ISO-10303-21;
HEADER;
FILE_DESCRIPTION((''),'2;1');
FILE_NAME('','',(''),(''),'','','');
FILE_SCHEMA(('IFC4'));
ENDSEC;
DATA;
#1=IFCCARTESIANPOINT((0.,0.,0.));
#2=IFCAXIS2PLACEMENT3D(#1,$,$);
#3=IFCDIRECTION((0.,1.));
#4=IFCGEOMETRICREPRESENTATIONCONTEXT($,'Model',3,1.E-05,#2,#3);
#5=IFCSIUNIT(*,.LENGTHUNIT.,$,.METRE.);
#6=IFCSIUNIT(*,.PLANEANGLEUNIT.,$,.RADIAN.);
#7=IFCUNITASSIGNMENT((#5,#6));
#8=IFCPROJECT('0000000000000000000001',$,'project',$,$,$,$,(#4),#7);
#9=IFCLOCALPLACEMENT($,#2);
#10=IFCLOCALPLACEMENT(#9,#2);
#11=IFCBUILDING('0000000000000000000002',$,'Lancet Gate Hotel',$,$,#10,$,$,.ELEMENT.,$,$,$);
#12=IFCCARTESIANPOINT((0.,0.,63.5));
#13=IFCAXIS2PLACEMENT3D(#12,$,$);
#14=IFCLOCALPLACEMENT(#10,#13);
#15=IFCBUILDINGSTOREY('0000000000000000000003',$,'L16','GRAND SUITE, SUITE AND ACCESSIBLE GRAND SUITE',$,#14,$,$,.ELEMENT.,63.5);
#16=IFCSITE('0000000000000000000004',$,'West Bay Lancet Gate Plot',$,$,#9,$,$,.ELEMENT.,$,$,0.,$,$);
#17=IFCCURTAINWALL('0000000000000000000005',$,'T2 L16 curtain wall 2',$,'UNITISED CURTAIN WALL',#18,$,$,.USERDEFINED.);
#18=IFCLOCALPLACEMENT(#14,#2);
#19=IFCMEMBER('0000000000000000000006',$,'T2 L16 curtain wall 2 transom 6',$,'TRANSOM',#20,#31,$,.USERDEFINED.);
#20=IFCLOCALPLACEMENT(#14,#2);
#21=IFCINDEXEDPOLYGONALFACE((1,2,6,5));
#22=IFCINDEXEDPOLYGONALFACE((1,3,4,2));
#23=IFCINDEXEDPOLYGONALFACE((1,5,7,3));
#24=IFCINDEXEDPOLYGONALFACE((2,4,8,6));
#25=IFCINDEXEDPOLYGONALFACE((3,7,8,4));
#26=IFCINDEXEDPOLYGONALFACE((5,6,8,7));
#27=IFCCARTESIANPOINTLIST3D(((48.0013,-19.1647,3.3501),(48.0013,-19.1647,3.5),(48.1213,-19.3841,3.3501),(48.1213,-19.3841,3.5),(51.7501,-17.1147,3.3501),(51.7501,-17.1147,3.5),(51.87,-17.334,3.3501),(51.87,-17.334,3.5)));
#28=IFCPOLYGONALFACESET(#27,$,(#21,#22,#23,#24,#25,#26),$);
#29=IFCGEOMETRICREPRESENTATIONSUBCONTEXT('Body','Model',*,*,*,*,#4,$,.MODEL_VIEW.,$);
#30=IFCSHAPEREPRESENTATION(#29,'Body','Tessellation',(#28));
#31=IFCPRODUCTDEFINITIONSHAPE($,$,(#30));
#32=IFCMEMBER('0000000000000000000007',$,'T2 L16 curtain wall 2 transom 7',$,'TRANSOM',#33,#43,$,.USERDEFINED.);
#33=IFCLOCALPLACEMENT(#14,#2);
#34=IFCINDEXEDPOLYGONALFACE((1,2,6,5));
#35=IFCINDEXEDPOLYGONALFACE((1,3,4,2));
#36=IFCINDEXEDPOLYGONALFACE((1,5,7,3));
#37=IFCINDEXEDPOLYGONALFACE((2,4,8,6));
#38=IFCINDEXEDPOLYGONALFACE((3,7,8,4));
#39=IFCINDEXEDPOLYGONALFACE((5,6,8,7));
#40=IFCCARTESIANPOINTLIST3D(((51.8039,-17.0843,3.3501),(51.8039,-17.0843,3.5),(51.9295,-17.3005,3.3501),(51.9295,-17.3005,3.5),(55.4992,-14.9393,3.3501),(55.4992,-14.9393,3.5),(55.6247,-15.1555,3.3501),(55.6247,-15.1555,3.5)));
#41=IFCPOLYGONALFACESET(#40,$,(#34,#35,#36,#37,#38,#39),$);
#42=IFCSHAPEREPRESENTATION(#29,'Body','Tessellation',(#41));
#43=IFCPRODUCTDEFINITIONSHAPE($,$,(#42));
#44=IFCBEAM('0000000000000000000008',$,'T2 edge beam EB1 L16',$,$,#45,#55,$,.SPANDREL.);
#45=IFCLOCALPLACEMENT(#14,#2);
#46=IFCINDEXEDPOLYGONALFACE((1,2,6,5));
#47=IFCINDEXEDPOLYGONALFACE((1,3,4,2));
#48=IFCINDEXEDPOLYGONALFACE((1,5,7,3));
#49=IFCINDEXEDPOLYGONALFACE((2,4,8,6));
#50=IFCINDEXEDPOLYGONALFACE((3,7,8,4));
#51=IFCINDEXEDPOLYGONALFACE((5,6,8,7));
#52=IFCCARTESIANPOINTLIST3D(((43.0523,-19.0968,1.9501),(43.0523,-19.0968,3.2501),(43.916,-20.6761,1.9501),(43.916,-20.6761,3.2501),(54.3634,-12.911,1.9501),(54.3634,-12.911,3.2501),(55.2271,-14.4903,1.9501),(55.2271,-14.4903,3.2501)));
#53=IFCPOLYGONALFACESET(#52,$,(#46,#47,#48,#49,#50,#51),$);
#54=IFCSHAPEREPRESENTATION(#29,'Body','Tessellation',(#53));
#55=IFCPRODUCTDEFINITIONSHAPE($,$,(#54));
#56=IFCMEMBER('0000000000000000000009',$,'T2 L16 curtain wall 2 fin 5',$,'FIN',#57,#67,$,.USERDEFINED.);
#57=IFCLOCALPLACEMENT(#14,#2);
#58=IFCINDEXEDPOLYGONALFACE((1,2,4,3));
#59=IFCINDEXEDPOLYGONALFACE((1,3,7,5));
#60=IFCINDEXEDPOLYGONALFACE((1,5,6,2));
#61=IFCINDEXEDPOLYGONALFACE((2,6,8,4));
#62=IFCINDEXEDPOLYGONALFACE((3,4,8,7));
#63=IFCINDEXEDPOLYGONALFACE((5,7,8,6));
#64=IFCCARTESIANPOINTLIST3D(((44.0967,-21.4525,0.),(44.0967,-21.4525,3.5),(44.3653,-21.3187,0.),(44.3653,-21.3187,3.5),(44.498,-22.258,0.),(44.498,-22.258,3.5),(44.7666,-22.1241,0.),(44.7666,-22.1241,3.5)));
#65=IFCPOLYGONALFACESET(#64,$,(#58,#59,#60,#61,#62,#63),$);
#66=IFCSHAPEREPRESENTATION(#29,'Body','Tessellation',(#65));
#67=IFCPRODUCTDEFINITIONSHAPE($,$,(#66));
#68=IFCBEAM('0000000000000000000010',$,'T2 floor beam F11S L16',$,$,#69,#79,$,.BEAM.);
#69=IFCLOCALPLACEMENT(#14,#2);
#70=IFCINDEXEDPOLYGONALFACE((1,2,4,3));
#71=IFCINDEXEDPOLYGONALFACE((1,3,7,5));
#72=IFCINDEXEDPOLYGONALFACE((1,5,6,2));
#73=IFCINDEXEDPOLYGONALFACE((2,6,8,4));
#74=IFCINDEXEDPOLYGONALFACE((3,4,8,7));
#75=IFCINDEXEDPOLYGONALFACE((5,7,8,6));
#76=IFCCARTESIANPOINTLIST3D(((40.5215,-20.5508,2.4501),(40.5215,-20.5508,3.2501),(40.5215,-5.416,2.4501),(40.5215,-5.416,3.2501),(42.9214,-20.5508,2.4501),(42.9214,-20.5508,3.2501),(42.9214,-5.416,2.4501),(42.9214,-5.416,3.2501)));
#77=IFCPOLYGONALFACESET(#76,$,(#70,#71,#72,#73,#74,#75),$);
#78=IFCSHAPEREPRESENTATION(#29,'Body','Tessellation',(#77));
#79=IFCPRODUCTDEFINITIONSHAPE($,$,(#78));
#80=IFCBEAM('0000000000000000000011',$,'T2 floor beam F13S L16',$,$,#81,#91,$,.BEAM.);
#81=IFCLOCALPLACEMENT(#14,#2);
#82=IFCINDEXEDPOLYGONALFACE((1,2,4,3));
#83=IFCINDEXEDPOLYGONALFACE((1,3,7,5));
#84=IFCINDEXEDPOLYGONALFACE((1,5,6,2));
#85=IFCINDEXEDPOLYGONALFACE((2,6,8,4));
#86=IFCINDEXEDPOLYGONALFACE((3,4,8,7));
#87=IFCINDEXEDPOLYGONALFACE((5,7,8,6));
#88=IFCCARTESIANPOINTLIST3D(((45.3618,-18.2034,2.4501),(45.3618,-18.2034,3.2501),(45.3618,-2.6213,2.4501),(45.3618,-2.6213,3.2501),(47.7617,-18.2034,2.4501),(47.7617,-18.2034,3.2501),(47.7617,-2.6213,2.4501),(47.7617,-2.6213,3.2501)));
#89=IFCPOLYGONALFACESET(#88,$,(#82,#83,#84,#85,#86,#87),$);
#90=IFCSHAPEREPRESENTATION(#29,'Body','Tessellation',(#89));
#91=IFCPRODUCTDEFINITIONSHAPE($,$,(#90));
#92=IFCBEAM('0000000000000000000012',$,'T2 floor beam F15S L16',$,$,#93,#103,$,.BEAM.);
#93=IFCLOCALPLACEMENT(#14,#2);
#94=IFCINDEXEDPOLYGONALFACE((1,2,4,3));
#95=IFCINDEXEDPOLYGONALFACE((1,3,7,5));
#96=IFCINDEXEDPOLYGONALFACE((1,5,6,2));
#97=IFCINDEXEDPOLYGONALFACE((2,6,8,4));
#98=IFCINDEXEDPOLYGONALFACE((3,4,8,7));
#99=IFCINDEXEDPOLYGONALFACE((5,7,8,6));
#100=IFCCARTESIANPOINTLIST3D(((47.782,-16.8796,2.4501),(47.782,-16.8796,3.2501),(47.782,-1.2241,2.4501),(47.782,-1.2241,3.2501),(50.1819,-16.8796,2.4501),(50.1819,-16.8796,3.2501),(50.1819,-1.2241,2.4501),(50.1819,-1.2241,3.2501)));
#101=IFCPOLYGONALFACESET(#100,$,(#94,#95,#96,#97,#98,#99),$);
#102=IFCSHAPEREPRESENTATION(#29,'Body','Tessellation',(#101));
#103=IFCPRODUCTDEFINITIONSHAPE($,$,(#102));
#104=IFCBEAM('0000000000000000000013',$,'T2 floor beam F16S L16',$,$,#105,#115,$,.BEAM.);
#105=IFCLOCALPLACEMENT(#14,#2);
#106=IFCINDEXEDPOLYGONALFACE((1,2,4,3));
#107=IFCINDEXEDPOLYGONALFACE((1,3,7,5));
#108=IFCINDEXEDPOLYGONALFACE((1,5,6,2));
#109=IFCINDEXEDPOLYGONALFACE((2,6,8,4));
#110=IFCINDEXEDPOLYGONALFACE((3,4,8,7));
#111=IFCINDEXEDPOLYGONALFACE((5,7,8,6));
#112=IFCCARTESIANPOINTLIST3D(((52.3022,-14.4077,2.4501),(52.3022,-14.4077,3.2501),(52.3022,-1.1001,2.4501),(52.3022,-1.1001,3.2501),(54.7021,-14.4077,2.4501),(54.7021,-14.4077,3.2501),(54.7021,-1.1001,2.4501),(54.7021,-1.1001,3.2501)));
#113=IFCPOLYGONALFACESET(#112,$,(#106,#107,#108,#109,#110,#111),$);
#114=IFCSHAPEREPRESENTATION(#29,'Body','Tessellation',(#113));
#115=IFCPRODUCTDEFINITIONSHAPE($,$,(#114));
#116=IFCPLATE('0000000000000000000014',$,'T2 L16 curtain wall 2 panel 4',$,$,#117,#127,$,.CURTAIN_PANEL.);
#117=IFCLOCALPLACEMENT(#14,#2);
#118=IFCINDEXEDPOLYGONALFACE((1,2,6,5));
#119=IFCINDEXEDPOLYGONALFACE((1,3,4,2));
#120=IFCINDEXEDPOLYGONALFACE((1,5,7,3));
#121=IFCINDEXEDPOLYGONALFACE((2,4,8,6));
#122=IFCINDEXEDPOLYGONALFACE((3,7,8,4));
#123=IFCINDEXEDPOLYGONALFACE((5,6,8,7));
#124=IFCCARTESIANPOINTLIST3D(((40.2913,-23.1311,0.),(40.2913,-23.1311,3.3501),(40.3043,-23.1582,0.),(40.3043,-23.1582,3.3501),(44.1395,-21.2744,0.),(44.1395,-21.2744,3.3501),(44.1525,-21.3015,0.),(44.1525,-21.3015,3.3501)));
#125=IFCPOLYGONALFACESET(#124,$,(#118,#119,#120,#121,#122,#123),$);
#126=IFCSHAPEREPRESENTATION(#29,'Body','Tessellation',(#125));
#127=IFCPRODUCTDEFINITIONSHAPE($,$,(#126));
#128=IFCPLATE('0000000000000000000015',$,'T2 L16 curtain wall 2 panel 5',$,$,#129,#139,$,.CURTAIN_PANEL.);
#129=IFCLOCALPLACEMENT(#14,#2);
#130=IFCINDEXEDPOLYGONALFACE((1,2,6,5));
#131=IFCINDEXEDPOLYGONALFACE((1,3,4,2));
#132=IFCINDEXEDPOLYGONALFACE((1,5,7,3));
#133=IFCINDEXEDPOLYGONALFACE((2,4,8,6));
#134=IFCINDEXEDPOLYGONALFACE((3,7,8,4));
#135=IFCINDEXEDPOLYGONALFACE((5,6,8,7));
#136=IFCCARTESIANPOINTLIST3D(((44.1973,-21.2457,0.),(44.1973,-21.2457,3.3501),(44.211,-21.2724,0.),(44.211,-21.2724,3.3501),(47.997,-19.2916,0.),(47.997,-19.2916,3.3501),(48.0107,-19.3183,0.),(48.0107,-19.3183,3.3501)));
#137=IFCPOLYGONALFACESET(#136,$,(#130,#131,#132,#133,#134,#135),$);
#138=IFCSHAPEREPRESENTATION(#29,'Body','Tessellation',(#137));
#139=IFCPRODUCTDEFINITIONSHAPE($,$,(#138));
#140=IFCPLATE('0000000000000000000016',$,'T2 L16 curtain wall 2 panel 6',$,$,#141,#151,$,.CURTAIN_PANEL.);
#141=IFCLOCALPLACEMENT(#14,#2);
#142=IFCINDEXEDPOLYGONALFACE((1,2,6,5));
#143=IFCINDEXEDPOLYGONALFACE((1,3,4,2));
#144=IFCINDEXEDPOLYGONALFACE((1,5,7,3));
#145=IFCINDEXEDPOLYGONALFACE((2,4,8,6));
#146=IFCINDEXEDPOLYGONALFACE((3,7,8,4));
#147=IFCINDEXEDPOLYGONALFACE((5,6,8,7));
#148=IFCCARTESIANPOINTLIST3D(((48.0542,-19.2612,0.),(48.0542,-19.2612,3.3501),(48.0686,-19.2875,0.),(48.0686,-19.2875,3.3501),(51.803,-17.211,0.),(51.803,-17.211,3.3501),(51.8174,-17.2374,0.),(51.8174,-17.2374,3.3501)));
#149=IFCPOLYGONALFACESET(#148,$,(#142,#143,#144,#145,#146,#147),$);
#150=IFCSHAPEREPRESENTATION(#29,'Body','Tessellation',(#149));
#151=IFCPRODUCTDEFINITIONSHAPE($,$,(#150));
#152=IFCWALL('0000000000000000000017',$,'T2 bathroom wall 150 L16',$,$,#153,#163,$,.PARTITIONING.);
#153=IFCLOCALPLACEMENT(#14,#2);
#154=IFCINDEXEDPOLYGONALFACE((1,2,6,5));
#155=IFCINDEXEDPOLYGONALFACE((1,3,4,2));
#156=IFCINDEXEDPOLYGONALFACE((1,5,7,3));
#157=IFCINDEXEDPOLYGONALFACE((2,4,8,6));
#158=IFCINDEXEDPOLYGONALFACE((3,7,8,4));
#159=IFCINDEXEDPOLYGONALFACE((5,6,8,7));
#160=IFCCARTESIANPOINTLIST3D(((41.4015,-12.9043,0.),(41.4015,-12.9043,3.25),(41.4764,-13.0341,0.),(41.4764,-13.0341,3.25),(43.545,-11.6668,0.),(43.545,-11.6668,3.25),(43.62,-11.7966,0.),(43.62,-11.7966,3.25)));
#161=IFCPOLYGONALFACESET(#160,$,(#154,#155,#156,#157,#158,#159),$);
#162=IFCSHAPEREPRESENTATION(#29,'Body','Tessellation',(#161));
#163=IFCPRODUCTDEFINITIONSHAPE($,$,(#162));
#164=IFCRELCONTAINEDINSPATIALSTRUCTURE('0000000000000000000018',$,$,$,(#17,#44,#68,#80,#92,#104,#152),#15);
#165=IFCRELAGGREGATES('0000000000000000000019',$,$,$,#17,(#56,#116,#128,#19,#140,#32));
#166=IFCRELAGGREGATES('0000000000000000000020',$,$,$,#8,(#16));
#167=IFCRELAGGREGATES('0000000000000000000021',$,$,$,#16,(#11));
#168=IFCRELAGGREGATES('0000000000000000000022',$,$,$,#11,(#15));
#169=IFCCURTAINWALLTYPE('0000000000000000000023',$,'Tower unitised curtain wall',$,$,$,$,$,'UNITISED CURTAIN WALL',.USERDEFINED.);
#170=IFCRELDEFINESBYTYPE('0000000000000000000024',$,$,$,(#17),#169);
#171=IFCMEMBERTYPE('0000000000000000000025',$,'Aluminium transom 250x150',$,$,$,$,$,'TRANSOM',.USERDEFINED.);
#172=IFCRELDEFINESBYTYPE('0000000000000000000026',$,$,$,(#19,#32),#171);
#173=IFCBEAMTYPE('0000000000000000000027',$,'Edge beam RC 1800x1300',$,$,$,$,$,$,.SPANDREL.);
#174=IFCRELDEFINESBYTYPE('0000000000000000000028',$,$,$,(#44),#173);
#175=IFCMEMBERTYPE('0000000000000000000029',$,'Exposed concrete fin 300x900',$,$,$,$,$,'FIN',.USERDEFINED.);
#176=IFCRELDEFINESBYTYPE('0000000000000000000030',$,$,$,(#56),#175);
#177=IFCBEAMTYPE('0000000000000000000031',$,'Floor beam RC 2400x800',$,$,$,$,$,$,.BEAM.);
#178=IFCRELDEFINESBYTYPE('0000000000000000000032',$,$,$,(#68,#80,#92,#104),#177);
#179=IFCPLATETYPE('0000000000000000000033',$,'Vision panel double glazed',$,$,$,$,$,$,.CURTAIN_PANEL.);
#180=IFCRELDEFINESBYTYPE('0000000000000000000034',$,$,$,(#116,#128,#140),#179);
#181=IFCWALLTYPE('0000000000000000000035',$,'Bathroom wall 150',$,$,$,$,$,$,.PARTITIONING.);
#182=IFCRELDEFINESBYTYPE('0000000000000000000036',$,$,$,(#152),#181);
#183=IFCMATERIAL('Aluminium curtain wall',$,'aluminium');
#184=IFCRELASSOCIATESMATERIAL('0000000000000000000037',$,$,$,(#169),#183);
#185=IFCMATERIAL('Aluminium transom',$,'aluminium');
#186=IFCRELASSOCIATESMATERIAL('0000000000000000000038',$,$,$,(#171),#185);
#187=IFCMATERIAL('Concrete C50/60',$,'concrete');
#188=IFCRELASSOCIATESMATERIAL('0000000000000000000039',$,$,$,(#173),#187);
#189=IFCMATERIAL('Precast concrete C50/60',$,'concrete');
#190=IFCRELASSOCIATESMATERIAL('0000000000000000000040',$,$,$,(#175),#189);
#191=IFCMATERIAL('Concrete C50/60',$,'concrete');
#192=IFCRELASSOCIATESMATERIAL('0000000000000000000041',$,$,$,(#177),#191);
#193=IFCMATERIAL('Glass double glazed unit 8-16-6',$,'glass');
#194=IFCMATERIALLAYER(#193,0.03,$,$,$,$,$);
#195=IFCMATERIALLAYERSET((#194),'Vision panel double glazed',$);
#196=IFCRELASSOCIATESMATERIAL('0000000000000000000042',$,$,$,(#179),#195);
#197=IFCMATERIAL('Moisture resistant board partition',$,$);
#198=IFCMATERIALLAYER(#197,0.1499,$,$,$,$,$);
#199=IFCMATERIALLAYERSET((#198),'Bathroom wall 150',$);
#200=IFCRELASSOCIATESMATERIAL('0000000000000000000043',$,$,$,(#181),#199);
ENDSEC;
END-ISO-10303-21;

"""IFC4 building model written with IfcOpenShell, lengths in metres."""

from ifc_helpers import new_model, si_unit, direction, frame, frame_2d, origin, origin_2d, place, context, subcontext, project, spatial, rectangle, extrude, material, layer, layer_set, material_profile, profile_set, type_object, element, aggregate, save


model = new_model("IFC4")

# Units and contexts
model_context = context("Model", 3, precision=1e-05, world=origin(), true_north=direction((0.0, 1.0)))
body_context = subcontext(model_context, "Body", "Model", "MODEL_VIEW")
ifc_project = project(units=[si_unit("LENGTHUNIT", "METRE"), si_unit("PLANEANGLEUNIT", "RADIAN")], contexts=[model_context])

# Site, building, storey
site_placement = place(None, origin())
site = spatial("IfcSite", under=ifc_project, at=site_placement, Name="West Bay Lancet Gate Plot", CompositionType="ELEMENT", RefElevation=0.0)
building_placement = place(site_placement, origin())
building = spatial("IfcBuilding", under=site, at=building_placement, Name="Lancet Gate Hotel", CompositionType="ELEMENT")
storey_placement = place(building_placement, frame((0.0, 0.0, 63.5)))
storey = spatial("IfcBuildingStorey", under=building, at=storey_placement, Name="L16", Description="GRAND SUITE, SUITE AND ACCESSIBLE GRAND SUITE", CompositionType="ELEMENT", Elevation=63.5)

# Curtain wall, members
ifc_material_1 = material(Name="Aluminium curtain wall", Category="aluminium")
curtain_wall_type = type_object("IfcCurtainWallType", Name="Tower unitised curtain wall", ElementType="UNITISED CURTAIN WALL", PredefinedType="USERDEFINED", material=ifc_material_1)
curtain_wall_placement = place(storey_placement, origin())
curtain_wall = element("IfcCurtainWall", 1, at=curtain_wall_placement, inside=storey, type_object=curtain_wall_type, Name="T2 L16 curtain wall 2", ObjectType="UNITISED CURTAIN WALL", PredefinedType="USERDEFINED")
ifc_material_2 = material(Name="Aluminium transom", Category="aluminium")
ifc_material_profile_1 = material_profile(ifc_material_2, rectangle(XDim=0.25, YDim=0.1499, at=origin_2d()), Name="TRANSOM 250x150")
ifc_profile_set_1 = profile_set([ifc_material_profile_1], Name="Aluminium transom")
member_type_1 = type_object("IfcMemberType", Name="Aluminium transom 250x150", ElementType="TRANSOM", PredefinedType="USERDEFINED", material=ifc_profile_set_1)
member_1_placement = place(storey_placement, frame((48.0613, -19.2744, 3.425), z_axis=(0.877378, 0.479801, 0.0), x_axis=(-0.479801, 0.877378, 0.0)))
member_1 = element("IfcMember", 2, at=member_1_placement, type_object=member_type_1, Name="T2 L16 curtain wall 2 transom 6", ObjectType="TRANSOM", PredefinedType="USERDEFINED", context=body_context, shape_type="SweptSolid", body=[
    extrude(rectangle(XDim=0.25, YDim=0.1499, at=origin_2d()), origin(), (0.0, 0.0, 1.0), 4.2727),
])
member_2_placement = place(storey_placement, frame((51.8667, -17.1924, 3.425), z_axis=(0.864855, 0.502022, 0.0), x_axis=(-0.502022, 0.864855, 0.0)))
member_2 = element("IfcMember", 3, at=member_2_placement, type_object=member_type_1, Name="T2 L16 curtain wall 2 transom 7", ObjectType="TRANSOM", PredefinedType="USERDEFINED", context=body_context, shape_type="SweptSolid", body=[
    extrude(rectangle(XDim=0.25, YDim=0.1499, at=origin_2d()), origin(), (0.0, 0.0, 1.0), 4.2727),
])

# Beam
ifc_material_3 = material(Name="Concrete C50/60", Category="concrete")
ifc_material_profile_2 = material_profile(ifc_material_3, rectangle(XDim=1.8, YDim=1.3, at=origin_2d()), Name="RC 1800x1300")
ifc_profile_set_2 = profile_set([ifc_material_profile_2], Name="Concrete C50/60")
beam_type_1 = type_object("IfcBeamType", Name="Edge beam RC 1800x1300", PredefinedType="SPANDREL", material=ifc_profile_set_2)
beam_1_placement = place(storey_placement, frame((43.4841, -19.8865, 2.6001), z_axis=(0.877369, 0.479816, 0.0), x_axis=(-0.479816, 0.877369, 0.0)))
element("IfcBeam", 4, at=beam_1_placement, inside=storey, type_object=beam_type_1, Name="T2 edge beam EB1 L16", PredefinedType="SPANDREL", context=body_context, shape_type="SweptSolid", body=[
    extrude(rectangle(XDim=1.8, YDim=1.3, at=origin_2d()), origin(), (0.0, 0.0, 1.0), 12.8921),
])

# Member
ifc_material_4 = material(Name="Precast concrete C50/60", Category="concrete")
ifc_material_profile_3 = material_profile(ifc_material_4, rectangle(XDim=0.3, YDim=0.8999, at=origin_2d()), Name="FIN 300x900")
ifc_profile_set_3 = profile_set([ifc_material_profile_3], Name="Precast concrete C50/60")
member_type_2 = type_object("IfcMemberType", Name="Exposed concrete fin 300x900", ElementType="FIN", PredefinedType="USERDEFINED", material=ifc_profile_set_3)
member_3_placement = place(storey_placement, frame((44.4316, -21.7883, 0.0), z_axis=(0.0, 0.0, 1.0), x_axis=(0.895044, 0.445978, 0.0)))
member_3 = element("IfcMember", 5, at=member_3_placement, type_object=member_type_2, Name="T2 L16 curtain wall 2 fin 5", ObjectType="FIN", PredefinedType="USERDEFINED", context=body_context, shape_type="SweptSolid", body=[
    extrude(rectangle(XDim=0.3, YDim=0.8999, at=origin_2d()), origin(), (0.0, 0.0, 1.0), 3.5),
])

# Beams
ifc_material_5 = material(Name="Concrete C50/60", Category="concrete")
ifc_material_profile_4 = material_profile(ifc_material_5, rectangle(XDim=2.3999, YDim=0.8, at=origin_2d()), Name="RC 2400x800")
ifc_profile_set_4 = profile_set([ifc_material_profile_4], Name="Concrete C50/60")
beam_type_2 = type_object("IfcBeamType", Name="Floor beam RC 2400x800", PredefinedType="BEAM", material=ifc_profile_set_4)
beam_2_placement = place(storey_placement, frame((41.7214, -20.5508, 2.8501), z_axis=(0.0, 1.0, 0.0), x_axis=(-1.0, 0.0, 0.0)))
element("IfcBeam", 6, at=beam_2_placement, inside=storey, type_object=beam_type_2, Name="T2 floor beam F11S L16", PredefinedType="BEAM", context=body_context, shape_type="SweptSolid", body=[
    extrude(rectangle(XDim=2.3999, YDim=0.8, at=origin_2d()), origin(), (0.0, 0.0, 1.0), 15.1348),
])
beam_3_placement = place(storey_placement, frame((46.5618, -18.2034, 2.8501), z_axis=(0.0, 1.0, 0.0), x_axis=(-1.0, 0.0, 0.0)))
element("IfcBeam", 7, at=beam_3_placement, inside=storey, type_object=beam_type_2, Name="T2 floor beam F13S L16", PredefinedType="BEAM", context=body_context, shape_type="SweptSolid", body=[
    extrude(rectangle(XDim=2.3999, YDim=0.8, at=origin_2d()), origin(), (0.0, 0.0, 1.0), 15.582),
])
beam_4_placement = place(storey_placement, frame((48.9819, -16.8796, 2.8501), z_axis=(0.0, 1.0, 0.0), x_axis=(-1.0, 0.0, 0.0)))
element("IfcBeam", 8, at=beam_4_placement, inside=storey, type_object=beam_type_2, Name="T2 floor beam F15S L16", PredefinedType="BEAM", context=body_context, shape_type="SweptSolid", body=[
    extrude(rectangle(XDim=2.3999, YDim=0.8, at=origin_2d()), origin(), (0.0, 0.0, 1.0), 15.6555),
])
beam_5_placement = place(storey_placement, frame((53.5022, -14.4077, 2.8501), z_axis=(0.0, 1.0, 0.0), x_axis=(-1.0, 0.0, 0.0)))
element("IfcBeam", 9, at=beam_5_placement, inside=storey, type_object=beam_type_2, Name="T2 floor beam F16S L16", PredefinedType="BEAM", context=body_context, shape_type="SweptSolid", body=[
    extrude(rectangle(XDim=2.3999, YDim=0.8, at=origin_2d()), origin(), (0.0, 0.0, 1.0), 13.3076),
])

# Plates
ifc_material_6 = material(Name="Glass double glazed unit 8-16-6", Category="glass")
ifc_layer_1 = layer(ifc_material_6, 0.03)
ifc_layer_set_1 = layer_set([ifc_layer_1], Name="Vision panel double glazed")
plate_type = type_object("IfcPlateType", Name="Vision panel double glazed", PredefinedType="CURTAIN_PANEL", material=ifc_layer_set_1)
plate_1_placement = place(storey_placement, frame((42.2219, -22.2163, 0.0), z_axis=(0.0, 0.0, 1.0), x_axis=(0.900647, 0.43455, 0.0)))
plate_1 = element("IfcPlate", 10, at=plate_1_placement, type_object=plate_type, Name="T2 L16 curtain wall 2 panel 4", PredefinedType="CURTAIN_PANEL", context=body_context, shape_type="SweptSolid", body=[
    extrude(rectangle(XDim=4.2727, YDim=0.03, at=origin_2d()), origin(), (0.0, 0.0, 1.0), 3.3501),
])
plate_2_placement = place(storey_placement, frame((46.104, -20.282, 0.0), z_axis=(0.0, 0.0, 1.0), x_axis=(0.889296, 0.457332, 0.0)))
plate_2 = element("IfcPlate", 11, at=plate_2_placement, type_object=plate_type, Name="T2 L16 curtain wall 2 panel 5", PredefinedType="CURTAIN_PANEL", context=body_context, shape_type="SweptSolid", body=[
    extrude(rectangle(XDim=4.2727, YDim=0.03, at=origin_2d()), origin(), (0.0, 0.0, 1.0), 3.3501),
])
plate_3_placement = place(storey_placement, frame((49.9358, -18.2493, 0.0), z_axis=(0.0, 0.0, 1.0), x_axis=(0.877368, 0.479818, 0.0)))
plate_3 = element("IfcPlate", 12, at=plate_3_placement, type_object=plate_type, Name="T2 L16 curtain wall 2 panel 6", PredefinedType="CURTAIN_PANEL", context=body_context, shape_type="SweptSolid", body=[
    extrude(rectangle(XDim=4.2727, YDim=0.03, at=origin_2d()), origin(), (0.0, 0.0, 1.0), 3.3501),
])
aggregate(curtain_wall, [member_3, plate_1, plate_2, member_1, plate_3, member_2])

# Wall
ifc_material_7 = material(Name="Moisture resistant board partition")
ifc_layer_2 = layer(ifc_material_7, 0.1499)
ifc_layer_set_2 = layer_set([ifc_layer_2], Name="Bathroom wall 150")
wall_type = type_object("IfcWallType", Name="Bathroom wall 150", PredefinedType="PARTITIONING", material=ifc_layer_set_2)
wall_placement = place(storey_placement, frame((41.439, -12.9692, 0.0), z_axis=(0.0, 0.0, 1.0), x_axis=(0.866031, 0.49999, 0.0)))
element("IfcWall", 13, at=wall_placement, inside=storey, type_object=wall_type, Name="T2 bathroom wall 150 L16", PredefinedType="PARTITIONING", context=body_context, shape_type="SweptSolid", body=[
    extrude(rectangle(XDim=2.4751, YDim=0.1499, at=frame_2d((1.2375, 0.0))), origin(), (0.0, 0.0, 1.0), 3.25),
])

save(model, "model.ifc")
